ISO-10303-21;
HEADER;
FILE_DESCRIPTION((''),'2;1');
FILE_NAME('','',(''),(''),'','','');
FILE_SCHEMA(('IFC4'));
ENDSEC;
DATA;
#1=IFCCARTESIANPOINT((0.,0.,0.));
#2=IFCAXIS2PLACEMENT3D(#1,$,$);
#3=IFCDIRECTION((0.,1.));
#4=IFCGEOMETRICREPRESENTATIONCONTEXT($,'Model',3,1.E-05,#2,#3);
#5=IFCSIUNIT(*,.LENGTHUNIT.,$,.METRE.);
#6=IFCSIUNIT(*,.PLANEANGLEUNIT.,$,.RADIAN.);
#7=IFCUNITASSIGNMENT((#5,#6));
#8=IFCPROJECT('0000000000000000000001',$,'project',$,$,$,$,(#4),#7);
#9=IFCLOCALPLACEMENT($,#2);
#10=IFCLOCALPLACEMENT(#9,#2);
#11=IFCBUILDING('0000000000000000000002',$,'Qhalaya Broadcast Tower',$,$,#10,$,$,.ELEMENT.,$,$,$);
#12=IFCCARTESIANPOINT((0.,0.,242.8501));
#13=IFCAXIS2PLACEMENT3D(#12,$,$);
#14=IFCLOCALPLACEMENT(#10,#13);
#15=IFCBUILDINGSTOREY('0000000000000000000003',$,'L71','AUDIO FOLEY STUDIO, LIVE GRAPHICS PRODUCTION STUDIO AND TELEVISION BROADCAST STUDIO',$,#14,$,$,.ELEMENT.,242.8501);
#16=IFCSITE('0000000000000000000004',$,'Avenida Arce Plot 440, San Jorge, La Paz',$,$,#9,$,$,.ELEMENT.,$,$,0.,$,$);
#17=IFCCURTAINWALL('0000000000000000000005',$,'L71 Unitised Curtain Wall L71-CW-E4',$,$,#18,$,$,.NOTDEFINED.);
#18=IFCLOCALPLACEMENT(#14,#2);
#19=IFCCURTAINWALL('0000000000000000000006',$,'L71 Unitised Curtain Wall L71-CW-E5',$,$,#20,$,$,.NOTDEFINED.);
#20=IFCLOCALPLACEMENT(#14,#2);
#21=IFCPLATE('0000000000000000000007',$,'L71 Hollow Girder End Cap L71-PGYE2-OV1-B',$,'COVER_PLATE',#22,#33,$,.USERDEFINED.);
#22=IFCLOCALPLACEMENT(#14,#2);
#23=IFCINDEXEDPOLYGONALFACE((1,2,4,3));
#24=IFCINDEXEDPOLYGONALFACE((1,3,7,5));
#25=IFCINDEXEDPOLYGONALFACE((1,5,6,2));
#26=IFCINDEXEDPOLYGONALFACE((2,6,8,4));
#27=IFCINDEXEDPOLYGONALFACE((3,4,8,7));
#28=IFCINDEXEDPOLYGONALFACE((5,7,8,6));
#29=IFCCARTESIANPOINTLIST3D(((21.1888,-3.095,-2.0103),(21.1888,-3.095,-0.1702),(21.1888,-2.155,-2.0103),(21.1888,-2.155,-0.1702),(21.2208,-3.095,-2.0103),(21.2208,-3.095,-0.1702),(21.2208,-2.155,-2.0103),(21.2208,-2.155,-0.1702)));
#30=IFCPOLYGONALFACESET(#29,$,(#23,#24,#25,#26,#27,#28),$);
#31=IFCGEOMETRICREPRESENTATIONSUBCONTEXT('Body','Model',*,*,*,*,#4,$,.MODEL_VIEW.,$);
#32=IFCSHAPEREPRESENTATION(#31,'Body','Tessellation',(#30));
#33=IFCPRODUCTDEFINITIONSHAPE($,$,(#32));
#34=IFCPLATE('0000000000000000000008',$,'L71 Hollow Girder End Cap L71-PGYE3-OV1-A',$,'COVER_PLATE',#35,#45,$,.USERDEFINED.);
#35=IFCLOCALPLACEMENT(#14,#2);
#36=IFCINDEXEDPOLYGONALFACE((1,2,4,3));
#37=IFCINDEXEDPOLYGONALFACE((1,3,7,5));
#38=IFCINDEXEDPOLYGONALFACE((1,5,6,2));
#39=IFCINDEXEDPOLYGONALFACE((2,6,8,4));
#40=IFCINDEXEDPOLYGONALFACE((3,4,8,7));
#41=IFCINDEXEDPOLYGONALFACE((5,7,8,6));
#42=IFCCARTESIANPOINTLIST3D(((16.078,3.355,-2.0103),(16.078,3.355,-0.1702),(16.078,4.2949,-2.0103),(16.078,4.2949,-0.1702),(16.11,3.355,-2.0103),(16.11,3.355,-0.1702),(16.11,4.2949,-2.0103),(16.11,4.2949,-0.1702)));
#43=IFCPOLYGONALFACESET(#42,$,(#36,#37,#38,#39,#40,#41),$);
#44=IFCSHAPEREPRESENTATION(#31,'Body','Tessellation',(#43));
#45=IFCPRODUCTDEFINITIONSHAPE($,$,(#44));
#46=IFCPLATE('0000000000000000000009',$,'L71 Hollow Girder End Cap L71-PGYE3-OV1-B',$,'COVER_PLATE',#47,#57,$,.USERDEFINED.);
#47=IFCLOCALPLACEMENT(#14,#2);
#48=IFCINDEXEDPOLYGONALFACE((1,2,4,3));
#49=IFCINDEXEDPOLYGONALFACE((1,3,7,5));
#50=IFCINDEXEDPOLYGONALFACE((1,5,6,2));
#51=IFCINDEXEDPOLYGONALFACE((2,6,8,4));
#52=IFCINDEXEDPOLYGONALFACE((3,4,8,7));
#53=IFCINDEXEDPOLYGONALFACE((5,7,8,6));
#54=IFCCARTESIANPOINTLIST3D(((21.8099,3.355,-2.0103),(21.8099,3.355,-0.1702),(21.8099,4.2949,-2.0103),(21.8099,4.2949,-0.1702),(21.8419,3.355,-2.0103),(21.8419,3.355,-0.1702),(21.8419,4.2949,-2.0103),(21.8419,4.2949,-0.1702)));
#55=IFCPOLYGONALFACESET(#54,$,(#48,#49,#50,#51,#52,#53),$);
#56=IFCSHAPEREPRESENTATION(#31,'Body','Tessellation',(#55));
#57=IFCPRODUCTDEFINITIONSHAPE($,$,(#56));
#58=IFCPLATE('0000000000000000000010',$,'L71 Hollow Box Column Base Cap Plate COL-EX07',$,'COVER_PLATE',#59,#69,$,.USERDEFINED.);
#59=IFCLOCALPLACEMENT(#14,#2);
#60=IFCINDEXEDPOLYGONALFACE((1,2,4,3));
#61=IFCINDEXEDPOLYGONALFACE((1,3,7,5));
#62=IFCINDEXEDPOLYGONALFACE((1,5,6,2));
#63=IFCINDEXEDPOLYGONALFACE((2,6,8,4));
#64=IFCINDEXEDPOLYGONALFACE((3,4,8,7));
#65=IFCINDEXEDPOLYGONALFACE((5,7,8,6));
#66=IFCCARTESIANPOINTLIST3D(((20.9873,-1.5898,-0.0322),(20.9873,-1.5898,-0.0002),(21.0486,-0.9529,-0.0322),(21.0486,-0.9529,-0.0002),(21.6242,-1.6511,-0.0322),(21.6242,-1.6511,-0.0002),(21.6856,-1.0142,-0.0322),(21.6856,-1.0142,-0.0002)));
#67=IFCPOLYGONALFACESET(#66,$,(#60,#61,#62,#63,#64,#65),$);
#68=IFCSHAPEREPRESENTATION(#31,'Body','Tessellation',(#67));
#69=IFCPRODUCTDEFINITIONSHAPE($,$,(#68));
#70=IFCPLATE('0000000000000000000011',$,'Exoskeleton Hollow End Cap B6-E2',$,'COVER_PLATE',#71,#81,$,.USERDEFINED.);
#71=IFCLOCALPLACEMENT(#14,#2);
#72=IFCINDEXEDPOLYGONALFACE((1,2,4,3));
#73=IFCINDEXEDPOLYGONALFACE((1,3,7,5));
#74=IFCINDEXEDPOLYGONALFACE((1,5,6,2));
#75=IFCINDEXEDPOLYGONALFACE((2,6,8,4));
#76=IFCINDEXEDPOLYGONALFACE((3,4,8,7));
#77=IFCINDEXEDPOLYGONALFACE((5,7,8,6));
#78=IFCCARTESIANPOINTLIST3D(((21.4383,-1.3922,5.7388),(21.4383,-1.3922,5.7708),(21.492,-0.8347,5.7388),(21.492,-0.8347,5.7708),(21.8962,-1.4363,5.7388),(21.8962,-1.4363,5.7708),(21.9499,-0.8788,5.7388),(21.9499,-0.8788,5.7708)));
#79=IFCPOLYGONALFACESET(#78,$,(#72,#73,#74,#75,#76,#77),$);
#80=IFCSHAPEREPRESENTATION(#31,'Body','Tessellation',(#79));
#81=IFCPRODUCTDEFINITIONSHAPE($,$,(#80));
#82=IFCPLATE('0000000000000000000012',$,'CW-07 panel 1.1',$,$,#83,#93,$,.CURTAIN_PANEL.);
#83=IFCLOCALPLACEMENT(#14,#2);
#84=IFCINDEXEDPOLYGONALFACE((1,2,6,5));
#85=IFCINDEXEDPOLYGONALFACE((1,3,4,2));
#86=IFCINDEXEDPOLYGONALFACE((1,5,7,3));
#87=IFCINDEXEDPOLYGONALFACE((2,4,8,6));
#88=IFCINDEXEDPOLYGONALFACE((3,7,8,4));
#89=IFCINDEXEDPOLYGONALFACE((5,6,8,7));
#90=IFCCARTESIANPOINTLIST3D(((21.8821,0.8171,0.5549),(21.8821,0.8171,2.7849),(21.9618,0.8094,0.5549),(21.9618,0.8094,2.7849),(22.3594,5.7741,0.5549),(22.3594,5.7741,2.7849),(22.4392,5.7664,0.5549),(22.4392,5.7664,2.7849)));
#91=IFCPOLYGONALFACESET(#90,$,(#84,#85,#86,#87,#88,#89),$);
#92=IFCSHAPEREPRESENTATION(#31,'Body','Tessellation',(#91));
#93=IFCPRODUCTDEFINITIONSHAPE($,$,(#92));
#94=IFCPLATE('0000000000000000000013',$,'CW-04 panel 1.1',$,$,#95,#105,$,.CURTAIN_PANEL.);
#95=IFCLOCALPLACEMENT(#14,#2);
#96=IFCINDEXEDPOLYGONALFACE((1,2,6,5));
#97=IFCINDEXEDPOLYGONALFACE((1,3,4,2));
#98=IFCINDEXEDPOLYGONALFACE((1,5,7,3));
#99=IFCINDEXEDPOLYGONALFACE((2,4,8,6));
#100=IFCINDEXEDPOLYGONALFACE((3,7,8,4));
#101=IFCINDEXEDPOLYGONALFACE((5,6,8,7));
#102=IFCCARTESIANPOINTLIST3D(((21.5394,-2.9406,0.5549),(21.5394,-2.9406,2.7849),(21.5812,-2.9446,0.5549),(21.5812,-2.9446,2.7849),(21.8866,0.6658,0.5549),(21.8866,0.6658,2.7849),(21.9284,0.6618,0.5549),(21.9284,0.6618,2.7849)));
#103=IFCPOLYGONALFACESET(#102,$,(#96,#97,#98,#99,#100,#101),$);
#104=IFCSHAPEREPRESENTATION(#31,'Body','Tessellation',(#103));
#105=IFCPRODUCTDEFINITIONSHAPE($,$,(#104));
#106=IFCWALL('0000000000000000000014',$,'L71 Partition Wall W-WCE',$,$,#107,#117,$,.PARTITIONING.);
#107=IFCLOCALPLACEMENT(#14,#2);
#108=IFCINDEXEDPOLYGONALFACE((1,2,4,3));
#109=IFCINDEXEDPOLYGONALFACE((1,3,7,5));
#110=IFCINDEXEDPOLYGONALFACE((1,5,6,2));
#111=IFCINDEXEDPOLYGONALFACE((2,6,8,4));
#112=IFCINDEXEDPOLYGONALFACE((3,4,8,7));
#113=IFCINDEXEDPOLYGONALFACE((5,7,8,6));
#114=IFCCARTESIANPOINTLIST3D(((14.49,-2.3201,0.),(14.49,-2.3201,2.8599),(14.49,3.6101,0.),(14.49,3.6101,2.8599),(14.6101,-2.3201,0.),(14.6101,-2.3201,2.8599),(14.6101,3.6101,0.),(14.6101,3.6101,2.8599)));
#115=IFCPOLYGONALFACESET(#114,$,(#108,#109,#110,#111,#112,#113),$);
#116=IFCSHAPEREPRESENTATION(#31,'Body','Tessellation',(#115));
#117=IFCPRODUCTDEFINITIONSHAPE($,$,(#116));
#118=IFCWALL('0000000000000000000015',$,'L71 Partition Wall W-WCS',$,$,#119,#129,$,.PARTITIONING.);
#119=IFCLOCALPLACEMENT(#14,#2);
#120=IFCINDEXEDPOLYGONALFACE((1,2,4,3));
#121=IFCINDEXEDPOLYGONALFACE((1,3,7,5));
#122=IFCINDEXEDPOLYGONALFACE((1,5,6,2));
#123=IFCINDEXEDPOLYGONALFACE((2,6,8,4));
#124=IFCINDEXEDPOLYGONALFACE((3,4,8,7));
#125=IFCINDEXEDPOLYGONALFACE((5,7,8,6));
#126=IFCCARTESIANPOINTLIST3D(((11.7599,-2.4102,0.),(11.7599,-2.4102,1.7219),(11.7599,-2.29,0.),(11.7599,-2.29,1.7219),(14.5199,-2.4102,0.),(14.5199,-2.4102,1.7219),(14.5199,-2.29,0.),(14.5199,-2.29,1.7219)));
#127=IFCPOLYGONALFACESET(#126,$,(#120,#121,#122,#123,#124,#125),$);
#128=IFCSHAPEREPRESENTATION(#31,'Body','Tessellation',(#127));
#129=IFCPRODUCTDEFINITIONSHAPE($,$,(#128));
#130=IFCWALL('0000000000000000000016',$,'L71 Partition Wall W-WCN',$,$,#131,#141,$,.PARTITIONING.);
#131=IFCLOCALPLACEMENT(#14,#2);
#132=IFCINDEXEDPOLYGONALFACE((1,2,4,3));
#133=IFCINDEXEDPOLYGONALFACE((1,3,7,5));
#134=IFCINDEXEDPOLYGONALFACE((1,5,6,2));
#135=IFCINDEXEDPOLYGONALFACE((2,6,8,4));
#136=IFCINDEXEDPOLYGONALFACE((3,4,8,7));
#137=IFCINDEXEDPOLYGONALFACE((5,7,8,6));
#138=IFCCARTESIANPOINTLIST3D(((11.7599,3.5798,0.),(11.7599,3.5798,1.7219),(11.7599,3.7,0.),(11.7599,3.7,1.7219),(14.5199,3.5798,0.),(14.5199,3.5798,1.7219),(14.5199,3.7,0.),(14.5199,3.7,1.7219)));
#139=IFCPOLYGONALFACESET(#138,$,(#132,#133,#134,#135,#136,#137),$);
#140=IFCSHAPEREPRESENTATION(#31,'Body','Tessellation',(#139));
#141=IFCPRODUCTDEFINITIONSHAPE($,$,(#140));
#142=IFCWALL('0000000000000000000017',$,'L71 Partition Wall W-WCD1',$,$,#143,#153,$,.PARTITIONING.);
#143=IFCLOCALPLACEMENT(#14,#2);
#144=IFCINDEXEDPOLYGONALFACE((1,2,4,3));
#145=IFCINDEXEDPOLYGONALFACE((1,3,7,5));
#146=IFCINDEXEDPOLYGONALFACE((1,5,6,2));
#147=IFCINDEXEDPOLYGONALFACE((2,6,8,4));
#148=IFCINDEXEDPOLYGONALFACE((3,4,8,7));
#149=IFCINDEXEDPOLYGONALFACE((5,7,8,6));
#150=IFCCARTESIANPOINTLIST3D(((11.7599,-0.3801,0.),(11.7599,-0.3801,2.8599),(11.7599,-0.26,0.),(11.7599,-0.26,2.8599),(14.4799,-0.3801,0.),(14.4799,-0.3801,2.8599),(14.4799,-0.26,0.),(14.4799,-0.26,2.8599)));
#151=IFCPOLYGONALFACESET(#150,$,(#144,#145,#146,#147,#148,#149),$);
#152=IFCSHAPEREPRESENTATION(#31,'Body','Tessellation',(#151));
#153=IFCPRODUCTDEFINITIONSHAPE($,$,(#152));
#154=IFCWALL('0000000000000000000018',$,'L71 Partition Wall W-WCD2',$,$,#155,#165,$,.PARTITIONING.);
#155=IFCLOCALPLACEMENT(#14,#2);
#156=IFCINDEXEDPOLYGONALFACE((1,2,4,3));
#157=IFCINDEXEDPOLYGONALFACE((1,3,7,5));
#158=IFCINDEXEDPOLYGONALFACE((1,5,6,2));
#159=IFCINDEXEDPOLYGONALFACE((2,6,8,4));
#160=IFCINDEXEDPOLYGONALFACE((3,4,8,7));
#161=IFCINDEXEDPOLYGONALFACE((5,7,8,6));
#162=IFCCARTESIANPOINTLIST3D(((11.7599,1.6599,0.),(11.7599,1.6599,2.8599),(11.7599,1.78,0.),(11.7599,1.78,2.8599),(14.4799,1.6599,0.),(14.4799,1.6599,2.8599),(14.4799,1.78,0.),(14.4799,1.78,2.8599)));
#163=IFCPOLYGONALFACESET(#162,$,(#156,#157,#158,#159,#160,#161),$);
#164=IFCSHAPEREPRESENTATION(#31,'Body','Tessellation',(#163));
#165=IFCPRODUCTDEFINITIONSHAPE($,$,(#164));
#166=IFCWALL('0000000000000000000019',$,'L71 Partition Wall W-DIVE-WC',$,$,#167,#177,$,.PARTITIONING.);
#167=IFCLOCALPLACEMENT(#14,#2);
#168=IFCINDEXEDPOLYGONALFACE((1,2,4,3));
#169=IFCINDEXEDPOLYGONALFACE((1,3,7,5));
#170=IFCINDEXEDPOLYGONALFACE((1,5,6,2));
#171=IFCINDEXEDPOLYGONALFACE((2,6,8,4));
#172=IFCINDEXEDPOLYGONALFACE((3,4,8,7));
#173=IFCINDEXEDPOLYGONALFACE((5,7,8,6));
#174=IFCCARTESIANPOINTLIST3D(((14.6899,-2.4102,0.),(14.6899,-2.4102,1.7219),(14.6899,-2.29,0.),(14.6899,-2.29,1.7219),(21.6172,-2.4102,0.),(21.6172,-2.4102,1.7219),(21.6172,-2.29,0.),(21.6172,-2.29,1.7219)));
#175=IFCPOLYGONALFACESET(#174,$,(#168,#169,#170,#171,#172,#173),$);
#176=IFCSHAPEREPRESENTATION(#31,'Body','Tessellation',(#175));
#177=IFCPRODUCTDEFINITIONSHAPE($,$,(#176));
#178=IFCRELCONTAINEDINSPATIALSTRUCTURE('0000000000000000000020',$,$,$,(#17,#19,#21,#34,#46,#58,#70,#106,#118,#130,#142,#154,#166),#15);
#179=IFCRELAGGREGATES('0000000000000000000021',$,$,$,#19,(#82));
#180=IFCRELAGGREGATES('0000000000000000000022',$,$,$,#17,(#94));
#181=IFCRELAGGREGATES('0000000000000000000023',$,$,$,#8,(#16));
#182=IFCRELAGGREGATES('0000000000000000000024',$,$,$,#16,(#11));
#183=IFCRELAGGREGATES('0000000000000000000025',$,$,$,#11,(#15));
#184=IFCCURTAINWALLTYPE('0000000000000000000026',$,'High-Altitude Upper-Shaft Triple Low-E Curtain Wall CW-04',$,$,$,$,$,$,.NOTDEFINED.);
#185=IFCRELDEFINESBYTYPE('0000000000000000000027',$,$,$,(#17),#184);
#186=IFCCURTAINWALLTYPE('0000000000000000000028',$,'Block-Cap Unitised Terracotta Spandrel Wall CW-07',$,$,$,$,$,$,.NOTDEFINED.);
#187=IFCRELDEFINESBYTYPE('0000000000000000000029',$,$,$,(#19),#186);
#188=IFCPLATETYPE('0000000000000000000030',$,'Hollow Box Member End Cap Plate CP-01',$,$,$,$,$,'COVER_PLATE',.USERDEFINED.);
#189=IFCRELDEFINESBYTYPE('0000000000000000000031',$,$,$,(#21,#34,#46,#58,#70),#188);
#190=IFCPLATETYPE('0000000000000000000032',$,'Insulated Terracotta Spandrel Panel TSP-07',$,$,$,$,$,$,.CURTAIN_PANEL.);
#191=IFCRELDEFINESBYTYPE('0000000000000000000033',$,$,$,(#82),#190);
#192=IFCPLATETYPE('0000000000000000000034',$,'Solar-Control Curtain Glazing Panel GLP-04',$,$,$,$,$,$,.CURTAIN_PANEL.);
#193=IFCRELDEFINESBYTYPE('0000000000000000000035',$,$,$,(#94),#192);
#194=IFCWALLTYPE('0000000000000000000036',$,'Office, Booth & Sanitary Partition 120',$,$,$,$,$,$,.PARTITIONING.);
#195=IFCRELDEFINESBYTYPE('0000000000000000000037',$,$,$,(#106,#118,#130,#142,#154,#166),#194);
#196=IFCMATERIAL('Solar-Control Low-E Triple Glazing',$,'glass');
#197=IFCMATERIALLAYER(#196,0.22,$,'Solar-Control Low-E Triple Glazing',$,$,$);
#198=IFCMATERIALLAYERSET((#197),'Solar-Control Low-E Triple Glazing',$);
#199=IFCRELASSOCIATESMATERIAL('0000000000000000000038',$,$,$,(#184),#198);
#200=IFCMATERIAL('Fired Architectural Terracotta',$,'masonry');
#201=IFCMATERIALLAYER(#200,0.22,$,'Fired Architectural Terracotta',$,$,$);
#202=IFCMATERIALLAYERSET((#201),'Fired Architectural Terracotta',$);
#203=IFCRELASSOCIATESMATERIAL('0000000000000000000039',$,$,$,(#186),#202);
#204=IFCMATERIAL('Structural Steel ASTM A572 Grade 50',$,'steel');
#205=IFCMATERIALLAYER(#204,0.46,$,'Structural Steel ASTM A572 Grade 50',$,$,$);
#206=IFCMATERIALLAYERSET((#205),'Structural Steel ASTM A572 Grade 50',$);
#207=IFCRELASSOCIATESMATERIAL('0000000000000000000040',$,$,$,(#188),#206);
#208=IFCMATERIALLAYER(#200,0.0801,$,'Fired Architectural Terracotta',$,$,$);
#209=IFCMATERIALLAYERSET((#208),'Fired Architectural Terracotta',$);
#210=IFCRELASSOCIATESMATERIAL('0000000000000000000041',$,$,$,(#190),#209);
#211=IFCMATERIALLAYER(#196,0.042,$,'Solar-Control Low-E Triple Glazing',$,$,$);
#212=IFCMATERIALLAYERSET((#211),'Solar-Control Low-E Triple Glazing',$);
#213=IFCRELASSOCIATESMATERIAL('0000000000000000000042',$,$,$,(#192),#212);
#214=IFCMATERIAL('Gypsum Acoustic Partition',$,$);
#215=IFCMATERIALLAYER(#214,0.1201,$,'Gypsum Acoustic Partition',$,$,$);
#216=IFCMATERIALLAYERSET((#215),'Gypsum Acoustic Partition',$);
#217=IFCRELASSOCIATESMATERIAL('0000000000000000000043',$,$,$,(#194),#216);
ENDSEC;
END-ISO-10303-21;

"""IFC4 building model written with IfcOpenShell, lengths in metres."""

from ifc_helpers import new_model, si_unit, direction, frame, frame_2d, origin, origin_2d, place, context, subcontext, project, spatial, rectangle, extrude, material, layer, layer_set, type_object, element, aggregate, save


model = new_model("IFC4")

# Units and contexts
model_context = context("Model", 3, precision=1e-05, world=origin(), true_north=direction((0.0, 1.0)))
body_context = subcontext(model_context, "Body", "Model", "MODEL_VIEW")
ifc_project = project(units=[si_unit("LENGTHUNIT", "METRE"), si_unit("PLANEANGLEUNIT", "RADIAN")], contexts=[model_context])

# Site, building, storey
site_placement = place(None, origin())
site = spatial("IfcSite", under=ifc_project, at=site_placement, Name="Avenida Arce Plot 440, San Jorge, La Paz", CompositionType="ELEMENT", RefElevation=0.0)
building_placement = place(site_placement, origin())
building = spatial("IfcBuilding", under=site, at=building_placement, Name="Qhalaya Broadcast Tower", CompositionType="ELEMENT")
storey_placement = place(building_placement, frame((0.0, 0.0, 242.8501)))
storey = spatial("IfcBuildingStorey", under=building, at=storey_placement, Name="L71", Description="AUDIO FOLEY STUDIO, LIVE GRAPHICS PRODUCTION STUDIO AND TELEVISION BROADCAST STUDIO", CompositionType="ELEMENT", Elevation=242.8501)

# Shared definitions
ifc_material_1 = material(Name="Structural Steel ASTM A572 Grade 50", Category="steel")

# Curtain wall
ifc_material_2 = material(Name="Solar-Control Low-E Triple Glazing", Category="glass")
ifc_layer_1 = layer(ifc_material_2, 0.22, Name="Solar-Control Low-E Triple Glazing")
ifc_layer_set_1 = layer_set([ifc_layer_1], Name="Solar-Control Low-E Triple Glazing")
curtain_wall_type_1 = type_object("IfcCurtainWallType", Name="High-Altitude Upper-Shaft Triple Low-E Curtain Wall CW-04", PredefinedType="NOTDEFINED", material=ifc_layer_set_1)
curtain_wall_1_placement = place(storey_placement, origin())
curtain_wall_1 = element("IfcCurtainWall", 1, at=curtain_wall_1_placement, inside=storey, type_object=curtain_wall_type_1, Name="L71 Unitised Curtain Wall L71-CW-E4", PredefinedType="NOTDEFINED")

# Curtain wall
ifc_material_3 = material(Name="Fired Architectural Terracotta", Category="masonry")
ifc_layer_2 = layer(ifc_material_3, 0.22, Name="Fired Architectural Terracotta")
ifc_layer_set_2 = layer_set([ifc_layer_2], Name="Fired Architectural Terracotta")
curtain_wall_type_2 = type_object("IfcCurtainWallType", Name="Block-Cap Unitised Terracotta Spandrel Wall CW-07", PredefinedType="NOTDEFINED", material=ifc_layer_set_2)
curtain_wall_2_placement = place(storey_placement, origin())
curtain_wall_2 = element("IfcCurtainWall", 2, at=curtain_wall_2_placement, inside=storey, type_object=curtain_wall_type_2, Name="L71 Unitised Curtain Wall L71-CW-E5", PredefinedType="NOTDEFINED")

# Plates
ifc_layer_3 = layer(ifc_material_1, 0.46, Name="Structural Steel ASTM A572 Grade 50")
ifc_layer_set_3 = layer_set([ifc_layer_3], Name="Structural Steel ASTM A572 Grade 50")
plate_type_1 = type_object("IfcPlateType", Name="Hollow Box Member End Cap Plate CP-01", ElementType="COVER_PLATE", PredefinedType="USERDEFINED", material=ifc_layer_set_3)
for number, where, z_axis, x_axis, name in (
    (3, (21.2048, -2.625, -2.0103), (0.0, 0.0, 1.0), (0.0, 1.0, 0.0), "L71 Hollow Girder End Cap L71-PGYE2-OV1-B"),
    (4, (16.094, 3.825, -2.0103), (0.0, 0.0, 1.0), (0.0, 1.0, 0.0), "L71 Hollow Girder End Cap L71-PGYE3-OV1-A"),
    (5, (21.8259, 3.825, -2.0103), (0.0, 0.0, 1.0), (0.0, 1.0, 0.0), "L71 Hollow Girder End Cap L71-PGYE3-OV1-B"),
):
    element("IfcPlate", number, at=place(storey_placement, frame(where, z_axis=z_axis, x_axis=x_axis)), inside=storey, type_object=plate_type_1, Name=name, ObjectType="COVER_PLATE", PredefinedType="USERDEFINED", context=body_context, shape_type="SweptSolid", body=[
        extrude(rectangle(XDim=0.9399, YDim=0.032, at=origin_2d()), origin(), (0.0, 0.0, 1.0), 1.8401),
    ])
plate_1_placement = place(storey_placement, frame((21.3364, -1.302, -0.0322), z_axis=(0.0, 0.0, 1.0), x_axis=(0.095846, 0.995396, 0.0)))
element("IfcPlate", 6, at=plate_1_placement, inside=storey, type_object=plate_type_1, Name="L71 Hollow Box Column Base Cap Plate COL-EX07", ObjectType="COVER_PLATE", PredefinedType="USERDEFINED", context=body_context, shape_type="SweptSolid", body=[
    extrude(rectangle(XDim=0.6399, YDim=0.6399, at=origin_2d()), origin(), (0.0, 0.0, 1.0), 0.032),
])
plate_2_placement = place(storey_placement, frame((21.6941, -1.1355, 5.7388), z_axis=(0.0, 0.0, 1.0), x_axis=(0.095846, 0.995396, 0.0)))
element("IfcPlate", 7, at=plate_2_placement, inside=storey, type_object=plate_type_1, Name="Exoskeleton Hollow End Cap B6-E2", ObjectType="COVER_PLATE", PredefinedType="USERDEFINED", context=body_context, shape_type="SweptSolid", body=[
    extrude(rectangle(XDim=0.5601, YDim=0.46, at=origin_2d()), origin(), (0.0, 0.0, 1.0), 0.032),
])

# Plates
ifc_layer_4 = layer(ifc_material_3, 0.0801, Name="Fired Architectural Terracotta")
ifc_layer_set_4 = layer_set([ifc_layer_4], Name="Fired Architectural Terracotta")
plate_type_2 = type_object("IfcPlateType", Name="Insulated Terracotta Spandrel Panel TSP-07", PredefinedType="CURTAIN_PANEL", material=ifc_layer_set_4)
plate_3_placement = place(storey_placement, frame((22.1606, 3.2917, 0.5549), z_axis=(0.0, 0.0, 1.0), x_axis=(0.095848, 0.995396, 0.0)))
plate_3 = element("IfcPlate", 8, at=plate_3_placement, type_object=plate_type_2, Name="CW-07 panel 1.1", PredefinedType="CURTAIN_PANEL", context=body_context, shape_type="SweptSolid", body=[
    extrude(rectangle(XDim=4.98, YDim=0.0801, at=origin_2d()), origin(), (0.0, 0.0, 1.0), 2.23),
])
aggregate(curtain_wall_2, [plate_3])
ifc_layer_5 = layer(ifc_material_2, 0.042, Name="Solar-Control Low-E Triple Glazing")
ifc_layer_set_5 = layer_set([ifc_layer_5], Name="Solar-Control Low-E Triple Glazing")
plate_type_3 = type_object("IfcPlateType", Name="Solar-Control Curtain Glazing Panel GLP-04", PredefinedType="CURTAIN_PANEL", material=ifc_layer_set_5)
plate_4_placement = place(storey_placement, frame((21.7339, -1.1394, 0.5549), z_axis=(0.0, 0.0, 1.0), x_axis=(0.09584, 0.995397, 0.0)))
plate_4 = element("IfcPlate", 9, at=plate_4_placement, type_object=plate_type_3, Name="CW-04 panel 1.1", PredefinedType="CURTAIN_PANEL", context=body_context, shape_type="SweptSolid", body=[
    extrude(rectangle(XDim=3.623, YDim=0.042, at=origin_2d()), origin(), (0.0, 0.0, 1.0), 2.23),
])
aggregate(curtain_wall_1, [plate_4])

# Walls
ifc_material_4 = material(Name="Gypsum Acoustic Partition")
ifc_layer_6 = layer(ifc_material_4, 0.1201, Name="Gypsum Acoustic Partition")
ifc_layer_set_6 = layer_set([ifc_layer_6], Name="Gypsum Acoustic Partition")
wall_type = type_object("IfcWallType", Name="Office, Booth & Sanitary Partition 120", PredefinedType="PARTITIONING", material=ifc_layer_set_6)
wall_1_placement = place(storey_placement, frame((14.55, -2.3201, 0.0), z_axis=(0.0, 0.0, 1.0), x_axis=(0.0, 1.0, 0.0)))
element("IfcWall", 10, at=wall_1_placement, inside=storey, type_object=wall_type, Name="L71 Partition Wall W-WCE", PredefinedType="PARTITIONING", context=body_context, shape_type="SweptSolid", body=[
    extrude(rectangle(XDim=5.9302, YDim=0.1201, at=frame_2d((2.9651, 0.0))), origin(), (0.0, 0.0, 1.0), 2.8599),
])
for number, where, z_axis, x_axis, name in (
    (11, (11.76, -2.3501, 0.0), (0.0, 0.0, 1.0), (1.0, 0.0, 0.0), "L71 Partition Wall W-WCS"),
    (12, (11.76, 3.6399, 0.0), (0.0, 0.0, 1.0), (1.0, 0.0, 0.0), "L71 Partition Wall W-WCN"),
):
    element("IfcWall", number, at=place(storey_placement, frame(where, z_axis=z_axis, x_axis=x_axis)), inside=storey, type_object=wall_type, Name=name, PredefinedType="PARTITIONING", context=body_context, shape_type="SweptSolid", body=[
        extrude(rectangle(XDim=2.76, YDim=0.1201, at=frame_2d((1.3799, 0.0))), origin(), (0.0, 0.0, 1.0), 1.7219),
    ])
for number, where, z_axis, x_axis, name in (
    (13, (11.76, -0.3201, 0.0), (0.0, 0.0, 1.0), (1.0, 0.0, 0.0), "L71 Partition Wall W-WCD1"),
    (14, (11.76, 1.72, 0.0), (0.0, 0.0, 1.0), (1.0, 0.0, 0.0), "L71 Partition Wall W-WCD2"),
):
    element("IfcWall", number, at=place(storey_placement, frame(where, z_axis=z_axis, x_axis=x_axis)), inside=storey, type_object=wall_type, Name=name, PredefinedType="PARTITIONING", context=body_context, shape_type="SweptSolid", body=[
        extrude(rectangle(XDim=2.72, YDim=0.1201, at=frame_2d((1.3599, 0.0))), origin(), (0.0, 0.0, 1.0), 2.8599),
    ])
wall_2_placement = place(storey_placement, frame((14.6899, -2.3501, 0.0), z_axis=(0.0, 0.0, 1.0), x_axis=(1.0, 0.0, 0.0)))
element("IfcWall", 15, at=wall_2_placement, inside=storey, type_object=wall_type, Name="L71 Partition Wall W-DIVE-WC", PredefinedType="PARTITIONING", context=body_context, shape_type="SweptSolid", body=[
    extrude(rectangle(XDim=6.9272, YDim=0.1201, at=frame_2d((3.4636, 0.0))), origin(), (0.0, 0.0, 1.0), 1.7219),
])

save(model, "model.ifc")
